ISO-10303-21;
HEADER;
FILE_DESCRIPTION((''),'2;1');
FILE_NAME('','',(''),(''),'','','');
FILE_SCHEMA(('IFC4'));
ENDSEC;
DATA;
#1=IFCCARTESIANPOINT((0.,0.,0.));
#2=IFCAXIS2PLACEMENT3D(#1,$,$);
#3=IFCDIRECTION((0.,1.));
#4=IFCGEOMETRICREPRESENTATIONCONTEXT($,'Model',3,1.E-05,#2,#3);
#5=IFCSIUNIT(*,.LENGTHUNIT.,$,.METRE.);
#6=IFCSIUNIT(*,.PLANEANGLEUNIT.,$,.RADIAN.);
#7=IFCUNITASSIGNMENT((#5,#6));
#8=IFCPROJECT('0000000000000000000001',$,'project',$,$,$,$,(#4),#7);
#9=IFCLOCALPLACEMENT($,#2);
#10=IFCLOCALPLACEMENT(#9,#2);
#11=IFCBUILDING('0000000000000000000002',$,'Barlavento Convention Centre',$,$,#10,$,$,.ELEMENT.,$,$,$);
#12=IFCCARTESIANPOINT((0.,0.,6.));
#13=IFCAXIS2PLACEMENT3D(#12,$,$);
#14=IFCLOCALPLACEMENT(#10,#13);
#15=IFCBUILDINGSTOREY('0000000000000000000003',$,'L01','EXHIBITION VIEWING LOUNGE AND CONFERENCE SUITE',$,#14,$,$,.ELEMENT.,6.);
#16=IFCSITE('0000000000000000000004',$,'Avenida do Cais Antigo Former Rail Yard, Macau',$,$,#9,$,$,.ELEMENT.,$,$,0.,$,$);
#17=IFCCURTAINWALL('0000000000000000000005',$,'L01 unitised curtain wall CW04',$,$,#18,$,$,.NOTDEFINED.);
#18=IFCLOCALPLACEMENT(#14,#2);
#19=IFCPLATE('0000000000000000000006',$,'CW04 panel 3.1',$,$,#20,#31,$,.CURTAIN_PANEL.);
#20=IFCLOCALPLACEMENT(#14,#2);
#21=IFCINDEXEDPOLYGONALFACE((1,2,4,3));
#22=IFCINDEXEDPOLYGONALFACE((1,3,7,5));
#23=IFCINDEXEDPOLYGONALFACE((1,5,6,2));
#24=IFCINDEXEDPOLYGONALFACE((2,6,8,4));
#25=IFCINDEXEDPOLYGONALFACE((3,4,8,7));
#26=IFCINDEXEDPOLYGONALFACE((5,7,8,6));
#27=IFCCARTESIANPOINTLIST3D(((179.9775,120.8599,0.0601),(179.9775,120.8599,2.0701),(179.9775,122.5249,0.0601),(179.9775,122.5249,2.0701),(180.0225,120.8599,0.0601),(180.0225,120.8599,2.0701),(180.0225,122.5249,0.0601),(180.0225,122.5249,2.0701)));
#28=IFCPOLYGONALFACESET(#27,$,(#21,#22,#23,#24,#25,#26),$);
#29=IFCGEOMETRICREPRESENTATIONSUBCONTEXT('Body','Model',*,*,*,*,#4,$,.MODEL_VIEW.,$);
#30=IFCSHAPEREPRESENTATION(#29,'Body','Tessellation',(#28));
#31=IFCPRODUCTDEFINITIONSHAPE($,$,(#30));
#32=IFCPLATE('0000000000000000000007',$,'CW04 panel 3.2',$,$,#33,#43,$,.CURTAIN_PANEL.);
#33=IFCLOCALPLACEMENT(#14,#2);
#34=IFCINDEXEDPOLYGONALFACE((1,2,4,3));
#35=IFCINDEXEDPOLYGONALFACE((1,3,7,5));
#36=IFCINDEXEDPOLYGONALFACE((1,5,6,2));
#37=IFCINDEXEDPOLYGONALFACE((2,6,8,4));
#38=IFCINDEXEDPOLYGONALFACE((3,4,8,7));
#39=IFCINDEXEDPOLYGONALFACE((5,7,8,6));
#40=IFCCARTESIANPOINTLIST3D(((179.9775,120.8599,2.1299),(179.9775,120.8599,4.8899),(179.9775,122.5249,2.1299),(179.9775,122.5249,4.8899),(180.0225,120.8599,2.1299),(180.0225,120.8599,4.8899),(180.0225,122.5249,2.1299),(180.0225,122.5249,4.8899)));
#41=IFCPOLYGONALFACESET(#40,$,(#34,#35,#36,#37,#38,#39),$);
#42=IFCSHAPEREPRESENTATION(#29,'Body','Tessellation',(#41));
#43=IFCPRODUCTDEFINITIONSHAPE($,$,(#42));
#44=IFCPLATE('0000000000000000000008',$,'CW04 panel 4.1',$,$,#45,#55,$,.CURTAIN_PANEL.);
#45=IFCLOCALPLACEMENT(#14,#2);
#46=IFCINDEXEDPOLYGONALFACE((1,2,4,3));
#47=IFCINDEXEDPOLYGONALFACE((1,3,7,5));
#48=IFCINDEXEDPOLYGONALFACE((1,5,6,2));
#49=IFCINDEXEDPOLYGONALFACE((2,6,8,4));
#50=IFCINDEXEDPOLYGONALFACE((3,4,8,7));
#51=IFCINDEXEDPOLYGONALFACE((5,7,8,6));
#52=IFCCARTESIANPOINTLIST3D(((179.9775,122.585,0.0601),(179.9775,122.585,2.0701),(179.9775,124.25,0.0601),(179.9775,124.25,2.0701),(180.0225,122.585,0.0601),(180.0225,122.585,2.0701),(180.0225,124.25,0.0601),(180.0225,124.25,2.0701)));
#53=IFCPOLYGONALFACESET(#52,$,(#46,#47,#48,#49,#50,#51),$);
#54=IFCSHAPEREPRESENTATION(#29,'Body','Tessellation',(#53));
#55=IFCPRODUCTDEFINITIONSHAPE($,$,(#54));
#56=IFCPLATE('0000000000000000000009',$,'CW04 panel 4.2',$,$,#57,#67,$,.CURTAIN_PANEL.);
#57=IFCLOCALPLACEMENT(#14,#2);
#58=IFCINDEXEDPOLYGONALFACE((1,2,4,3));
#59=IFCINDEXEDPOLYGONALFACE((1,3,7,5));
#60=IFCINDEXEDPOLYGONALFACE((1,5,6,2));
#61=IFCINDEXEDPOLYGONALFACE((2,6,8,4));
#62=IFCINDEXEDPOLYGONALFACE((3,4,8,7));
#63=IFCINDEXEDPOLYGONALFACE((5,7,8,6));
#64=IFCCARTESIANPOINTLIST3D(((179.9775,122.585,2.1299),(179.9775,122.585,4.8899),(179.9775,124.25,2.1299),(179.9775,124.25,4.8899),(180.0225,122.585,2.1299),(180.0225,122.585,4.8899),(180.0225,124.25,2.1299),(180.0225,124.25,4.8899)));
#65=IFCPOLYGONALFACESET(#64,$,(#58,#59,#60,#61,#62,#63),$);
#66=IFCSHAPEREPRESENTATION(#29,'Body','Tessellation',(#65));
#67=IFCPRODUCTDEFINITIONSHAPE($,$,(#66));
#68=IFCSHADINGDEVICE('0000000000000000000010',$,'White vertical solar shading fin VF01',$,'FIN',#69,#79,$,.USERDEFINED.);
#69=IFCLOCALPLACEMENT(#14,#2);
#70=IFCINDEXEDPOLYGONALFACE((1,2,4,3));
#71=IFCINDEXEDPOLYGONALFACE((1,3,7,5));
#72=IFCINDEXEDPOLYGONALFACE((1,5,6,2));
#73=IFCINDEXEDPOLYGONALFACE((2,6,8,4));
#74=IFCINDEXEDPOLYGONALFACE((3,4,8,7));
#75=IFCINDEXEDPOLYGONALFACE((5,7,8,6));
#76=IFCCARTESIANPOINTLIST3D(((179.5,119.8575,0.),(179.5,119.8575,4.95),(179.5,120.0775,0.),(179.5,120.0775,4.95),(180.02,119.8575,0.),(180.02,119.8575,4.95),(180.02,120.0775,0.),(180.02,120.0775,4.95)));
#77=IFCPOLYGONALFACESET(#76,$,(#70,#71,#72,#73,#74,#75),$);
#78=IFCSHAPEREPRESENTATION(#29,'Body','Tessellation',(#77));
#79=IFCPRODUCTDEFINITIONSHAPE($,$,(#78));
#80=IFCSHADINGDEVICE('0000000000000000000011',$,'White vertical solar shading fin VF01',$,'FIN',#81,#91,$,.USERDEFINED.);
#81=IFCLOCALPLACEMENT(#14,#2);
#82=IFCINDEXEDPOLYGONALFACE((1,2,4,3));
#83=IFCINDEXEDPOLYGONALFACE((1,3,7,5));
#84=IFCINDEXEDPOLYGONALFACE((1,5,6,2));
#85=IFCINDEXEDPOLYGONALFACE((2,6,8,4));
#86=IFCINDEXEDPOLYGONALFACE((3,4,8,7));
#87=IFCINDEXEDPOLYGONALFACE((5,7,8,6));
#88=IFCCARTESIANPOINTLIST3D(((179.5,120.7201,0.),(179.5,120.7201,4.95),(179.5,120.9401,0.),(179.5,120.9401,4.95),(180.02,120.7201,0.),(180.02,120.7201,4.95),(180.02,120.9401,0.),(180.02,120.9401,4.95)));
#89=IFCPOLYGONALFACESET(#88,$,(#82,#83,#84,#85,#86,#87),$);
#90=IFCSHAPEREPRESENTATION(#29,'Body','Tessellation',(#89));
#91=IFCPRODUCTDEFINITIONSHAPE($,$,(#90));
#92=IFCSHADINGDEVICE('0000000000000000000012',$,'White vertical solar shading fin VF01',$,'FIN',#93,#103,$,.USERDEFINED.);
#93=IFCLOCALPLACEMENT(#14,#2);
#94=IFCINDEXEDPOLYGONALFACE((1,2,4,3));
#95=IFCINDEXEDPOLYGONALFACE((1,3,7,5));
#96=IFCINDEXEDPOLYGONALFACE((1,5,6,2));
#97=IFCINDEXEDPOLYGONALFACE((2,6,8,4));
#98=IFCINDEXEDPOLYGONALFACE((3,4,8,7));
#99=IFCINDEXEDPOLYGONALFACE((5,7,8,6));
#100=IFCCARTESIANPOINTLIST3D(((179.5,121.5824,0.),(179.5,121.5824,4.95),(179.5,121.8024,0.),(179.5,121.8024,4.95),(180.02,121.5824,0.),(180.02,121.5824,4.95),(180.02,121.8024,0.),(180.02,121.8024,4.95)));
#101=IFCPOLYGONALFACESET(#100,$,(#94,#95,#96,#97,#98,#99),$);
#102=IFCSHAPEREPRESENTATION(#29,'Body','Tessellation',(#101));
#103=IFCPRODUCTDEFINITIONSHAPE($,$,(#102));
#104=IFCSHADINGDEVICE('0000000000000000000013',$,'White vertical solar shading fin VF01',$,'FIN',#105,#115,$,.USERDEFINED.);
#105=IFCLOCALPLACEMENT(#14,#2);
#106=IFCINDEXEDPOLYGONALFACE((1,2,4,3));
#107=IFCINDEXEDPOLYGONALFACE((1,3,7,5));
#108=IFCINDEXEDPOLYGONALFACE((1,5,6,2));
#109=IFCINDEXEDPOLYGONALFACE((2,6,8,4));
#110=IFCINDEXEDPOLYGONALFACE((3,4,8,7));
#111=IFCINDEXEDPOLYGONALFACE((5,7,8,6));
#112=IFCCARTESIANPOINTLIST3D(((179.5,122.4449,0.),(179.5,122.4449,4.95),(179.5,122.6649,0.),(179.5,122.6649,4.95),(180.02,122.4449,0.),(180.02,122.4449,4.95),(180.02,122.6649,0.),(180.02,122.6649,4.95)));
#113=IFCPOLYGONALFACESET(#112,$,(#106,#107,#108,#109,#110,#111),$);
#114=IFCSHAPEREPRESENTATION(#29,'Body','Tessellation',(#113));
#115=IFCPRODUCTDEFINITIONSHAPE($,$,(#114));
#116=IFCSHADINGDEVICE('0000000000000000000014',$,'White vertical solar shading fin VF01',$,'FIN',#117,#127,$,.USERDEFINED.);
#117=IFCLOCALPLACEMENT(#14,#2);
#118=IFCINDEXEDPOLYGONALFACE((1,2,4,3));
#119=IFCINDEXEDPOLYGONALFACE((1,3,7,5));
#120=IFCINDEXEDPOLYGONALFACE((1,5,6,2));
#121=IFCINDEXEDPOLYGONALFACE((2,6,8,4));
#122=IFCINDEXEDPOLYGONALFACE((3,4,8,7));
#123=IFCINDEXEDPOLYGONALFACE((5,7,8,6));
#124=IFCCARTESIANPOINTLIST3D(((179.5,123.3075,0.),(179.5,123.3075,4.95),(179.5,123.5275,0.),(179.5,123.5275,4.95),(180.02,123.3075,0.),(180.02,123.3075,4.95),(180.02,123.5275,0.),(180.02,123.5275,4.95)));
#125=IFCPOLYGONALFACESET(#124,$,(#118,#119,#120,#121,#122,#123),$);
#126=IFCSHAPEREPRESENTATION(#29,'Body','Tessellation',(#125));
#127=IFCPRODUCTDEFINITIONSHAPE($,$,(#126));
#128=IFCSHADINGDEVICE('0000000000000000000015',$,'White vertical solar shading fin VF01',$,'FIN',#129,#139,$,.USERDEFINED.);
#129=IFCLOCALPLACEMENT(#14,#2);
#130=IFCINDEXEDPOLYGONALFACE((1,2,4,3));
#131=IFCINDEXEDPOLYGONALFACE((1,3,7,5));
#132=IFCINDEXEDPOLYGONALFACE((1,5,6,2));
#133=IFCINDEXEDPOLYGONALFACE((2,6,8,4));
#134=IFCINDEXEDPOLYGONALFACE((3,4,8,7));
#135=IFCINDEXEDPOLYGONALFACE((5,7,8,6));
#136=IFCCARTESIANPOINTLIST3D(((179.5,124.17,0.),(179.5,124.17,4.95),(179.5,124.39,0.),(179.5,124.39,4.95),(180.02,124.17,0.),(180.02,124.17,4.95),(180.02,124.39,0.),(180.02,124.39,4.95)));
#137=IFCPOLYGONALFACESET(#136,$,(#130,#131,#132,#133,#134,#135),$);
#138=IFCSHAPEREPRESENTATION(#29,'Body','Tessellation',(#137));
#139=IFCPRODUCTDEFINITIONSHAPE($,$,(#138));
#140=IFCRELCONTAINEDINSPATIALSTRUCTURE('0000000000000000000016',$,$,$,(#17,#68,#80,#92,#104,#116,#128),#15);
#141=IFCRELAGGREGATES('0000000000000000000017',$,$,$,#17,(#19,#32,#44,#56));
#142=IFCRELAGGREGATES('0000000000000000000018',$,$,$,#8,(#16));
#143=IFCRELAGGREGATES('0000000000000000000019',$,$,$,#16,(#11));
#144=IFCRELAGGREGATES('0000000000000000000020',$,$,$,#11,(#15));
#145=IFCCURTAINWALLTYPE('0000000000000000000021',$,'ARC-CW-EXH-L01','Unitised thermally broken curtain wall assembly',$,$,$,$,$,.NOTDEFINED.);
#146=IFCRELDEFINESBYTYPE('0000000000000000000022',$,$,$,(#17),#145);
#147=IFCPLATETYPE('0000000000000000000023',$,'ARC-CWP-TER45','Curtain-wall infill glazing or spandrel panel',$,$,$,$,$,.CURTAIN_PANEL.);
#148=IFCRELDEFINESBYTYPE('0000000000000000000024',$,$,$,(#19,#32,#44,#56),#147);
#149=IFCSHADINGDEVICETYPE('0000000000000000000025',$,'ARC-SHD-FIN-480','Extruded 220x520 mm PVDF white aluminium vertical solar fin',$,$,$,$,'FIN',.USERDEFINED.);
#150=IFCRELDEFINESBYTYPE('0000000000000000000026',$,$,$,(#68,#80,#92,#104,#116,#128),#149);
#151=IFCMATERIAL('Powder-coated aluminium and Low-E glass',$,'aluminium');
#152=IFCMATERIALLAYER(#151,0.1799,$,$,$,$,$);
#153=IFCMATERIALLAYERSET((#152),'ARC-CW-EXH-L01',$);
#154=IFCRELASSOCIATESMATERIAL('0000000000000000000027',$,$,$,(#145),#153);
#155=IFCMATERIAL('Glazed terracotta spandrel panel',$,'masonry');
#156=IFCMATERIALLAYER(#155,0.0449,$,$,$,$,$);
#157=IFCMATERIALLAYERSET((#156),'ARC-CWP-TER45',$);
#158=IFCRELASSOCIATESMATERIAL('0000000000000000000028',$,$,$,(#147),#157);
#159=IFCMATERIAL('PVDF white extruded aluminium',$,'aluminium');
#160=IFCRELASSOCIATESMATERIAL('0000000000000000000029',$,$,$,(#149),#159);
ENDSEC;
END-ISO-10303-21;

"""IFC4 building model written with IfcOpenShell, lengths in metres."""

from ifc_helpers import new_model, si_unit, direction, frame, origin, origin_2d, place, context, subcontext, project, spatial, rectangle, extrude, material, layer, layer_set, type_object, element, aggregate, save


model = new_model("IFC4")

# Units and contexts
model_context = context("Model", 3, precision=1e-05, world=origin(), true_north=direction((0.0, 1.0)))
body_context = subcontext(model_context, "Body", "Model", "MODEL_VIEW")
ifc_project = project(units=[si_unit("LENGTHUNIT", "METRE"), si_unit("PLANEANGLEUNIT", "RADIAN")], contexts=[model_context])

# Site, building, storey
site_placement = place(None, origin())
site = spatial("IfcSite", under=ifc_project, at=site_placement, Name="Avenida do Cais Antigo Former Rail Yard, Macau", CompositionType="ELEMENT", RefElevation=0.0)
building_placement = place(site_placement, origin())
building = spatial("IfcBuilding", under=site, at=building_placement, Name="Barlavento Convention Centre", CompositionType="ELEMENT")
storey_placement = place(building_placement, frame((0.0, 0.0, 6.0)))
storey = spatial("IfcBuildingStorey", under=building, at=storey_placement, Name="L01", Description="EXHIBITION VIEWING LOUNGE AND CONFERENCE SUITE", CompositionType="ELEMENT", Elevation=6.0)

# Curtain wall, plates
ifc_material_1 = material(Name="Powder-coated aluminium and Low-E glass", Category="aluminium")
ifc_layer_1 = layer(ifc_material_1, 0.1799)
ifc_layer_set_1 = layer_set([ifc_layer_1], Name="ARC-CW-EXH-L01")
curtain_wall_type = type_object("IfcCurtainWallType", Name="ARC-CW-EXH-L01", Description="Unitised thermally broken curtain wall assembly", PredefinedType="NOTDEFINED", material=ifc_layer_set_1)
curtain_wall_placement = place(storey_placement, origin())
curtain_wall = element("IfcCurtainWall", 1, at=curtain_wall_placement, inside=storey, type_object=curtain_wall_type, Name="L01 unitised curtain wall CW04", PredefinedType="NOTDEFINED")
ifc_material_2 = material(Name="Glazed terracotta spandrel panel", Category="masonry")
ifc_layer_2 = layer(ifc_material_2, 0.0449)
ifc_layer_set_2 = layer_set([ifc_layer_2], Name="ARC-CWP-TER45")
plate_type = type_object("IfcPlateType", Name="ARC-CWP-TER45", Description="Curtain-wall infill glazing or spandrel panel", PredefinedType="CURTAIN_PANEL", material=ifc_layer_set_2)
plate_1_placement = place(storey_placement, frame((180.0, 121.6924, 0.0601), z_axis=(0.0, 0.0, 1.0), x_axis=(0.0, 1.0, 0.0)))
plate_1 = element("IfcPlate", 2, at=plate_1_placement, type_object=plate_type, Name="CW04 panel 3.1", PredefinedType="CURTAIN_PANEL", context=body_context, shape_type="SweptSolid", body=[
    extrude(rectangle(XDim=1.665, YDim=0.0449, at=origin_2d()), origin(), (0.0, 0.0, 1.0), 2.01),
])
plate_2_placement = place(storey_placement, frame((180.0, 121.6924, 2.1299), z_axis=(0.0, 0.0, 1.0), x_axis=(0.0, 1.0, 0.0)))
plate_2 = element("IfcPlate", 3, at=plate_2_placement, type_object=plate_type, Name="CW04 panel 3.2", PredefinedType="CURTAIN_PANEL", context=body_context, shape_type="SweptSolid", body=[
    extrude(rectangle(XDim=1.665, YDim=0.0449, at=origin_2d()), origin(), (0.0, 0.0, 1.0), 2.76),
])
plate_3_placement = place(storey_placement, frame((180.0, 123.4175, 0.0601), z_axis=(0.0, 0.0, 1.0), x_axis=(0.0, 1.0, 0.0)))
plate_3 = element("IfcPlate", 4, at=plate_3_placement, type_object=plate_type, Name="CW04 panel 4.1", PredefinedType="CURTAIN_PANEL", context=body_context, shape_type="SweptSolid", body=[
    extrude(rectangle(XDim=1.665, YDim=0.0449, at=origin_2d()), origin(), (0.0, 0.0, 1.0), 2.01),
])
plate_4_placement = place(storey_placement, frame((180.0, 123.4175, 2.1299), z_axis=(0.0, 0.0, 1.0), x_axis=(0.0, 1.0, 0.0)))
plate_4 = element("IfcPlate", 5, at=plate_4_placement, type_object=plate_type, Name="CW04 panel 4.2", PredefinedType="CURTAIN_PANEL", context=body_context, shape_type="SweptSolid", body=[
    extrude(rectangle(XDim=1.665, YDim=0.0449, at=origin_2d()), origin(), (0.0, 0.0, 1.0), 2.76),
])
aggregate(curtain_wall, [plate_1, plate_2, plate_3, plate_4])

# Shading devices
ifc_material_3 = material(Name="PVDF white extruded aluminium", Category="aluminium")
shading_device_type = type_object("IfcShadingDeviceType", Name="ARC-SHD-FIN-480", Description="Extruded 220x520 mm PVDF white aluminium vertical solar fin", ElementType="FIN", PredefinedType="USERDEFINED", material=ifc_material_3)
for number, where, z_axis, x_axis, name in (
    (6, (179.76, 119.9675, 0.0), (0.0, 0.0, 1.0), (0.0, 1.0, 0.0), "White vertical solar shading fin VF01"),
    (7, (179.76, 120.8301, 0.0), (0.0, 0.0, 1.0), (0.0, 1.0, 0.0), "White vertical solar shading fin VF01"),
    (8, (179.76, 121.6924, 0.0), (0.0, 0.0, 1.0), (0.0, 1.0, 0.0), "White vertical solar shading fin VF01"),
    (9, (179.76, 122.5549, 0.0), (0.0, 0.0, 1.0), (0.0, 1.0, 0.0), "White vertical solar shading fin VF01"),
    (10, (179.76, 123.4175, 0.0), (0.0, 0.0, 1.0), (0.0, 1.0, 0.0), "White vertical solar shading fin VF01"),
    (11, (179.76, 124.28, 0.0), (0.0, 0.0, 1.0), (0.0, 1.0, 0.0), "White vertical solar shading fin VF01"),
):
    element("IfcShadingDevice", number, at=place(storey_placement, frame(where, z_axis=z_axis, x_axis=x_axis)), inside=storey, type_object=shading_device_type, Name=name, ObjectType="FIN", PredefinedType="USERDEFINED", context=body_context, shape_type="SweptSolid", body=[
        extrude(rectangle(XDim=0.22, YDim=0.52, at=origin_2d()), origin(), (0.0, 0.0, 1.0), 4.95),
    ])

save(model, "model.ifc")
